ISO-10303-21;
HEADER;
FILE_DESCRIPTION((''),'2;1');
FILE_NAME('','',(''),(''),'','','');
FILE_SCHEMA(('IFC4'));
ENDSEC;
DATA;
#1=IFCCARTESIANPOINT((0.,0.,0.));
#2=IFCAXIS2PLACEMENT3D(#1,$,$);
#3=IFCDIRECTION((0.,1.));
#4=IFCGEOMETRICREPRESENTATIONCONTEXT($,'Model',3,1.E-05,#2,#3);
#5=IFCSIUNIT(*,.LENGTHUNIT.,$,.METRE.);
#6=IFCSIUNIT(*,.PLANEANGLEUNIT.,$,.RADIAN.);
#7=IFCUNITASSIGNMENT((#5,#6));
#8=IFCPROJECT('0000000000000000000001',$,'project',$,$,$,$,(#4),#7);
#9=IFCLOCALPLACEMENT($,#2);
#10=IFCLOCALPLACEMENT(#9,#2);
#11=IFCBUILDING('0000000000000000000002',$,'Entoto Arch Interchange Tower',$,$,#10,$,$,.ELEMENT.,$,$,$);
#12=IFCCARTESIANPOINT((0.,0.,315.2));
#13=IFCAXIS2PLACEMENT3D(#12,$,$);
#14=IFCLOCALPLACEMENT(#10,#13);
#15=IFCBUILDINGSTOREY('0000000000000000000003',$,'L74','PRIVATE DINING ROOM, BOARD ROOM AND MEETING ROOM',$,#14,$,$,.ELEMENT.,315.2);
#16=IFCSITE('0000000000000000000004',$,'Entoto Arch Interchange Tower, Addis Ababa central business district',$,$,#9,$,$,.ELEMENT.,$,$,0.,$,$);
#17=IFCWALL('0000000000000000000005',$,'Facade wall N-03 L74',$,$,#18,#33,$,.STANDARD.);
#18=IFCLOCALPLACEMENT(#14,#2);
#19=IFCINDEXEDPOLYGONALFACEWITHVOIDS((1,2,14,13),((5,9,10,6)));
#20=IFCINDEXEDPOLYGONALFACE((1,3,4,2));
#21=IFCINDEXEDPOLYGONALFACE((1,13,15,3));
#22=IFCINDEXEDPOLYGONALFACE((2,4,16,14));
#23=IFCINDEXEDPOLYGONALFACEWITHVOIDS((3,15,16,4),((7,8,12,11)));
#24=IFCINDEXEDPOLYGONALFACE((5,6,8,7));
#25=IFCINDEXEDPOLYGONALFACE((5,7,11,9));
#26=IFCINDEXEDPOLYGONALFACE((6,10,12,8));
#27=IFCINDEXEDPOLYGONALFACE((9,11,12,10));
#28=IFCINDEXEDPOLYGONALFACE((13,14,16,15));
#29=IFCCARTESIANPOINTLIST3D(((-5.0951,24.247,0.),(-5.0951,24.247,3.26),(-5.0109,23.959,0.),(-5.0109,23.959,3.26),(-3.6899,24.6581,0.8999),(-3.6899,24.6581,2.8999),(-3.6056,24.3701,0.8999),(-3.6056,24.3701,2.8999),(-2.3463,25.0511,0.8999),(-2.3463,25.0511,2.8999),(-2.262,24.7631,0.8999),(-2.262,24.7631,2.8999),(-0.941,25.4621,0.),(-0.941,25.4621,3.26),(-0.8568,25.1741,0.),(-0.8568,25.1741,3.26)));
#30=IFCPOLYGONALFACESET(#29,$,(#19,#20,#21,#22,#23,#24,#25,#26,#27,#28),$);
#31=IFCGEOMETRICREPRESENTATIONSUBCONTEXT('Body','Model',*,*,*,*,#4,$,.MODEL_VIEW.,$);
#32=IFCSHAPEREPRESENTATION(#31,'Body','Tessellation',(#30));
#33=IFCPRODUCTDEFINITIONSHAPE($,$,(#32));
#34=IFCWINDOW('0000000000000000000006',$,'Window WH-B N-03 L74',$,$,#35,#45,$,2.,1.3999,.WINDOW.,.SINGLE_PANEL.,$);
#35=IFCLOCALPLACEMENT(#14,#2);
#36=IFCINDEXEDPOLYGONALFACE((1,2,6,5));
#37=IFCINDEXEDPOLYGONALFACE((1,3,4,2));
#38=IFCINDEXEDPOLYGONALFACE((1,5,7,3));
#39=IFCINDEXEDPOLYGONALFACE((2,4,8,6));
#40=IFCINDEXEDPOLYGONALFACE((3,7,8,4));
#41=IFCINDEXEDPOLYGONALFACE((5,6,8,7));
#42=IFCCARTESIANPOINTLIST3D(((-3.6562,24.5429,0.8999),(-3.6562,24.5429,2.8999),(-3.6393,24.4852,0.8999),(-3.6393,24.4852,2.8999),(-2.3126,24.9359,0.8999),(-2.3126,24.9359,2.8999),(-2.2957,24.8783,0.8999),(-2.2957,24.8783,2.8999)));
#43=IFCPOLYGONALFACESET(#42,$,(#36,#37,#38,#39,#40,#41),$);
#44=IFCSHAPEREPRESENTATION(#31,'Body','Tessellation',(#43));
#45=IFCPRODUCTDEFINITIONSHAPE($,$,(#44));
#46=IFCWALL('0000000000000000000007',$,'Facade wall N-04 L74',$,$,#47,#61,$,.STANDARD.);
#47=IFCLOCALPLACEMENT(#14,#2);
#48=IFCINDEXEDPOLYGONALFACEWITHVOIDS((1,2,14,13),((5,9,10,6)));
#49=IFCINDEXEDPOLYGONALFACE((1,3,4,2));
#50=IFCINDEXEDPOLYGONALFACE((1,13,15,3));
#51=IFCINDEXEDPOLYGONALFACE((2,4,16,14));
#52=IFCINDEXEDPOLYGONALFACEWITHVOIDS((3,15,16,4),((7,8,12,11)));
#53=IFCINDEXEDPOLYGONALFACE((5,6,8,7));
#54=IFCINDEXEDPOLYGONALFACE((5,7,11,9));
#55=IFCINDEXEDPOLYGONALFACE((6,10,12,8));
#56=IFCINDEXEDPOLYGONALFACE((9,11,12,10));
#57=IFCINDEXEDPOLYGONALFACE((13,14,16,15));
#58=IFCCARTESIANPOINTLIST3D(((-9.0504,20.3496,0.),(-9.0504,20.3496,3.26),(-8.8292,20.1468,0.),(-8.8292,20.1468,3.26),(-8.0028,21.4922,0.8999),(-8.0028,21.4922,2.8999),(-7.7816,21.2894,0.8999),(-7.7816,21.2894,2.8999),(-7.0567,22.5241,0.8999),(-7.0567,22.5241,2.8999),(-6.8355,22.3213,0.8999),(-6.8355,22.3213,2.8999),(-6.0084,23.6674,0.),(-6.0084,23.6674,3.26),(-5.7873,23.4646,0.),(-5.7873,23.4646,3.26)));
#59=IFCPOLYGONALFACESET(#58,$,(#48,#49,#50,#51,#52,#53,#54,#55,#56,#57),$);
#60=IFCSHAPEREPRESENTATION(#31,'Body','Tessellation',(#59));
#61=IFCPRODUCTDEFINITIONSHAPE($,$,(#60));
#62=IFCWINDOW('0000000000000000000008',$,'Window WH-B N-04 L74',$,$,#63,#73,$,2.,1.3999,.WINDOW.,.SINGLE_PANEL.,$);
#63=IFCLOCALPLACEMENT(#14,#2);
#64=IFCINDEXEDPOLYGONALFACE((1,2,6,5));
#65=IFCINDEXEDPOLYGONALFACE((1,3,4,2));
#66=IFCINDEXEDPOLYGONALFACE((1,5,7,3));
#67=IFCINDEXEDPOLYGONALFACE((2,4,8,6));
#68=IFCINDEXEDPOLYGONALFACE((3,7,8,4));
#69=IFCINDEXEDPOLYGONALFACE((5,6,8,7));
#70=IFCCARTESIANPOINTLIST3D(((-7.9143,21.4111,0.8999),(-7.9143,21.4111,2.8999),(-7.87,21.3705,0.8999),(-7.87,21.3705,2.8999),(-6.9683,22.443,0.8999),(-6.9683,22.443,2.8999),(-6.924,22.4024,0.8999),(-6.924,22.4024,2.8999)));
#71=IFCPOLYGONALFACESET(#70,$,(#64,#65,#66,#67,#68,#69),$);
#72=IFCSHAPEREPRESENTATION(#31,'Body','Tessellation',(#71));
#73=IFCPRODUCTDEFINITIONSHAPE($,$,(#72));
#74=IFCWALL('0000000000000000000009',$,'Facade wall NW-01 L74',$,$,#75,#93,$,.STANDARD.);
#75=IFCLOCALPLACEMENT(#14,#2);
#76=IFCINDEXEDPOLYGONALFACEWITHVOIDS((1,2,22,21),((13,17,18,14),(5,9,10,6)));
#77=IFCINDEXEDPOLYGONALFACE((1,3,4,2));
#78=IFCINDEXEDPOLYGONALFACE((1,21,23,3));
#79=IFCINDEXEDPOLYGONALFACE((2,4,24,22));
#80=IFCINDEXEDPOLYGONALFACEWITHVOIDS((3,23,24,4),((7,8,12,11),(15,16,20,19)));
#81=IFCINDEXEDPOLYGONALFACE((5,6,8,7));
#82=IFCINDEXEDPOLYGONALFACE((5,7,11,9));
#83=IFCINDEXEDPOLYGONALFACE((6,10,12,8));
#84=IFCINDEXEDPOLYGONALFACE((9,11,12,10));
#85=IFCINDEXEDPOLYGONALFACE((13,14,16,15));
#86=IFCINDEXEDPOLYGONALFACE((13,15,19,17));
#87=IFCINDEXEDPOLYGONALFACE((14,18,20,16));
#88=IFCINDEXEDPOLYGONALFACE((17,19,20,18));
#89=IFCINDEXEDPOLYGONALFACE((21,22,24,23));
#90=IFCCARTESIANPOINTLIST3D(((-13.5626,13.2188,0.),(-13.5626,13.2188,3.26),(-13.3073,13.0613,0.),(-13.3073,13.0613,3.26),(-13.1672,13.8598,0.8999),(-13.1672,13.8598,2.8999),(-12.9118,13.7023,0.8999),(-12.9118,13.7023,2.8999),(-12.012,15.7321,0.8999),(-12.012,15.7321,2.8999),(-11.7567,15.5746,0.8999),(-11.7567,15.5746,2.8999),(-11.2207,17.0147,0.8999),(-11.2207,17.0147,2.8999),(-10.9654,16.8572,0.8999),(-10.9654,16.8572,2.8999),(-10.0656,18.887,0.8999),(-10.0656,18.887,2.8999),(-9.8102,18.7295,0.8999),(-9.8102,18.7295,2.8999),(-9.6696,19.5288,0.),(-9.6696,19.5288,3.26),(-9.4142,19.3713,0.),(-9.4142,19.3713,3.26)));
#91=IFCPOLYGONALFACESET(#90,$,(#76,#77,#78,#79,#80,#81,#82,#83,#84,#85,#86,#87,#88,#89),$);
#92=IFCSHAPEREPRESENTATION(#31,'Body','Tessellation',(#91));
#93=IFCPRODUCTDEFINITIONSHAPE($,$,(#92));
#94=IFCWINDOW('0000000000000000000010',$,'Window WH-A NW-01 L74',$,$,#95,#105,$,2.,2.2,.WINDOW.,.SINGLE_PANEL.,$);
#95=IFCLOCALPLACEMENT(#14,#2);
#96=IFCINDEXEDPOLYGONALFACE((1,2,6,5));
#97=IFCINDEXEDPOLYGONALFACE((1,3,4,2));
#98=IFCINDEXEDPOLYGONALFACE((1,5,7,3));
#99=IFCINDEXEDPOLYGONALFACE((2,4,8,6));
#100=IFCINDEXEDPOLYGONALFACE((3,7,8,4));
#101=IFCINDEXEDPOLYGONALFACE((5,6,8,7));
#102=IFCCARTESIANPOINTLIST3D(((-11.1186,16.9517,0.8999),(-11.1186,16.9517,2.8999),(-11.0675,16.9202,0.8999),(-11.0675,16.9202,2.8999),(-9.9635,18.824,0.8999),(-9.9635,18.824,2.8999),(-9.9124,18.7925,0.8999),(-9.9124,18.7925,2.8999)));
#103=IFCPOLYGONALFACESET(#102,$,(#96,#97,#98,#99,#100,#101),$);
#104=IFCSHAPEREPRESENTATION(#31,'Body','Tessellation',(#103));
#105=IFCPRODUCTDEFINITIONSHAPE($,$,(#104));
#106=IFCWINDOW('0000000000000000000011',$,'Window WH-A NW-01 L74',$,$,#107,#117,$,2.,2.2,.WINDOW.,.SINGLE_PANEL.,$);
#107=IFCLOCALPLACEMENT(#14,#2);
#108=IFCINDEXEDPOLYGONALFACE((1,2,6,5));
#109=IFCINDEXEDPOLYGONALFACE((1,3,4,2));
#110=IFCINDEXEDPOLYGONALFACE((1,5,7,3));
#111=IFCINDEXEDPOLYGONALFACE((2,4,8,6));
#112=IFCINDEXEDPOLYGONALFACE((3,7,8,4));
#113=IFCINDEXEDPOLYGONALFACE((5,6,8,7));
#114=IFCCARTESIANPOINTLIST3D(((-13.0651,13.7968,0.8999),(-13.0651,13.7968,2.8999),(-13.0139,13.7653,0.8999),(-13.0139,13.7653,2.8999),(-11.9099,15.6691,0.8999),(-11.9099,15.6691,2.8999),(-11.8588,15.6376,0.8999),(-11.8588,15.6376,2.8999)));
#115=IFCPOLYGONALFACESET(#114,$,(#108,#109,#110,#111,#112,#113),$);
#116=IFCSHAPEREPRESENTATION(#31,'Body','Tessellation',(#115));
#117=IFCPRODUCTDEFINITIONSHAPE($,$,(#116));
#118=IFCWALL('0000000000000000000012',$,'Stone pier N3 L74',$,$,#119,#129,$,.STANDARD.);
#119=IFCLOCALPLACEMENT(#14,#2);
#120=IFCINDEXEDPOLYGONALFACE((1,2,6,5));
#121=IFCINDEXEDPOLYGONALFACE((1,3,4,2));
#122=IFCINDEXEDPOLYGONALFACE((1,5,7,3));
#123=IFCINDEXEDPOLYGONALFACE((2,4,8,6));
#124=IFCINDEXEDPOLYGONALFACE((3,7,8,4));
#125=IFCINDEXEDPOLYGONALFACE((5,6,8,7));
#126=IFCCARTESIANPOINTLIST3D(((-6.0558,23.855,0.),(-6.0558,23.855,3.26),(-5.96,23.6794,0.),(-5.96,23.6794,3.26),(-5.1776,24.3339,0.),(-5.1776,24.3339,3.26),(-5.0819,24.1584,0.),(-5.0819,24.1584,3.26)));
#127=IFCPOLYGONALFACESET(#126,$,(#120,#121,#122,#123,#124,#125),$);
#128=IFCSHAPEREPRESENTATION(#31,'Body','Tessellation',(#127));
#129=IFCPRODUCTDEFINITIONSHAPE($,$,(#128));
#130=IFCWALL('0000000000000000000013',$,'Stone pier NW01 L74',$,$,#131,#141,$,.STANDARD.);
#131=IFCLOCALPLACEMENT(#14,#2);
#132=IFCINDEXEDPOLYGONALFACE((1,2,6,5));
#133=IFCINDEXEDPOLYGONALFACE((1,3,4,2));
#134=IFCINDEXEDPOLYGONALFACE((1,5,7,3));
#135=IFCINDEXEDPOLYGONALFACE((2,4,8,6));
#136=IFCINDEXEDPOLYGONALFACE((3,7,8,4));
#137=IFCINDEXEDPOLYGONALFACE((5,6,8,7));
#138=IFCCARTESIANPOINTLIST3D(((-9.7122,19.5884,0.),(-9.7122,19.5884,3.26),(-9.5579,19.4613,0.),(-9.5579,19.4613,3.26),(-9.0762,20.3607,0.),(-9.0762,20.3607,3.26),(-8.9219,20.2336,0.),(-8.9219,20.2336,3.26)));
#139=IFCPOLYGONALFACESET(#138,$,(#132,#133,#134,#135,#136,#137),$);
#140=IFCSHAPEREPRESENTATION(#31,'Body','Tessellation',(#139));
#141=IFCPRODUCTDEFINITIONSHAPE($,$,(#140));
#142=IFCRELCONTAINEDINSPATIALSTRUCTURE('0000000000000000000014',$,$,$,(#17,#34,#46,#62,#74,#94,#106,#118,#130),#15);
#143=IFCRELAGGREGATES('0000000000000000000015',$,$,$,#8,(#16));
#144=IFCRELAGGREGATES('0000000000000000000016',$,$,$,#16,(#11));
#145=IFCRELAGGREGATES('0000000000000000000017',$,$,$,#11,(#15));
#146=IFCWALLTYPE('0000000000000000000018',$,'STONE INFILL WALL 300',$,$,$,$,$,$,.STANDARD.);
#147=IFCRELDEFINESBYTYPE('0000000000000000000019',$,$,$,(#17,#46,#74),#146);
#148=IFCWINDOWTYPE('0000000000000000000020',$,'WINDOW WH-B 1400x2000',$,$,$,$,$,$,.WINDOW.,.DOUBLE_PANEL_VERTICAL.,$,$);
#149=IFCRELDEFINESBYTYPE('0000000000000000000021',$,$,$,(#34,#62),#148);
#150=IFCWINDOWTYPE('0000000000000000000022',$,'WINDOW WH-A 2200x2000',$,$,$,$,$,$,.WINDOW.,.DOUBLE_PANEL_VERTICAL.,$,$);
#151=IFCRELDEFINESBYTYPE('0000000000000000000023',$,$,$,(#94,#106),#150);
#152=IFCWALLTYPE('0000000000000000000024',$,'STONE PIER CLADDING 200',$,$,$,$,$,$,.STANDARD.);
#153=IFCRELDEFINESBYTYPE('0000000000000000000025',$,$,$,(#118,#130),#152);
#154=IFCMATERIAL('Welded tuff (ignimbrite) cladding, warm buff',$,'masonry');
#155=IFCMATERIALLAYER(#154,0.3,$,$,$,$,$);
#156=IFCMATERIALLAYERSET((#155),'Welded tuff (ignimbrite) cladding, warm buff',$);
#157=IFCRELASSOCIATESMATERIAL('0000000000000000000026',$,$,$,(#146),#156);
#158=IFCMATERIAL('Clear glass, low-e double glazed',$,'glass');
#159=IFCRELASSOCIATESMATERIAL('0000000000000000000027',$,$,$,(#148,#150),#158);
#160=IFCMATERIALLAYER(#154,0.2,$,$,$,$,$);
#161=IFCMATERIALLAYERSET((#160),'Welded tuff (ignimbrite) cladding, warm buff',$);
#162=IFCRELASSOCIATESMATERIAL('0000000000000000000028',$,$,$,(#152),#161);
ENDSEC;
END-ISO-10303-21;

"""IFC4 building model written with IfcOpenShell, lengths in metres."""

from ifc_helpers import new_model, si_unit, direction, frame, frame_2d, origin, place, context, subcontext, project, spatial, rectangle, extrude, material, layer, layer_set, type_object, element, fill, save


model = new_model("IFC4")

# Units and contexts
model_context = context("Model", 3, precision=1e-05, world=origin(), true_north=direction((0.0, 1.0)))
body_context = subcontext(model_context, "Body", "Model", "MODEL_VIEW")
ifc_project = project(units=[si_unit("LENGTHUNIT", "METRE"), si_unit("PLANEANGLEUNIT", "RADIAN")], contexts=[model_context])

# Site, building, storey
site_placement = place(None, origin())
site = spatial("IfcSite", under=ifc_project, at=site_placement, Name="Entoto Arch Interchange Tower, Addis Ababa central business district", CompositionType="ELEMENT", RefElevation=0.0)
building_placement = place(site_placement, origin())
building = spatial("IfcBuilding", under=site, at=building_placement, Name="Entoto Arch Interchange Tower", CompositionType="ELEMENT")
storey_placement = place(building_placement, frame((0.0, 0.0, 315.2)))
storey = spatial("IfcBuildingStorey", under=building, at=storey_placement, Name="L74", Description="PRIVATE DINING ROOM, BOARD ROOM AND MEETING ROOM", CompositionType="ELEMENT", Elevation=315.2)

# Walls, openings, windows
ifc_material_1 = material(Name="Welded tuff (ignimbrite) cladding, warm buff", Category="masonry")
ifc_layer_1 = layer(ifc_material_1, 0.3)
ifc_layer_set_1 = layer_set([ifc_layer_1], Name="Welded tuff (ignimbrite) cladding, warm buff")
wall_type_1 = type_object("IfcWallType", Name="STONE INFILL WALL 300", PredefinedType="STANDARD", material=ifc_layer_set_1)
wall_1_placement = place(storey_placement, frame((-0.8989, 25.3181, 0.0), z_axis=(0.0, 0.0, 1.0), x_axis=(-0.959783, -0.280743, 0.0)))
wall_1 = element("IfcWall", 1, at=wall_1_placement, inside=storey, type_object=wall_type_1, Name="Facade wall N-03 L74", PredefinedType="STANDARD", context=body_context, shape_type="SweptSolid", body=[
    extrude(rectangle(XDim=4.3281, YDim=0.3, at=frame_2d((2.1641, 0.0))), origin(), (0.0, 0.0, 1.0), 3.26),
])
opening_1_placement = place(wall_1_placement, frame((1.4641, 0.0, 0.8999)))
opening_1 = element("IfcOpeningElement", 2, at=opening_1_placement, cuts=wall_1, PredefinedType="OPENING", context=body_context, shape_type="SweptSolid", body=[
    extrude(rectangle(XDim=1.3999, YDim=2.0, at=frame_2d((0.7, 1.0))), frame((0.0, 0.1602, 0.0), z_axis=(0.0, -1.0, 0.0), x_axis=(1.0, 0.0, 0.0)), (0.0, 0.0, 1.0), 0.3201),
])
ifc_material_2 = material(Name="Clear glass, low-e double glazed", Category="glass")
window_type_1 = type_object("IfcWindowType", Name="WINDOW WH-B 1400x2000", PartitioningType="DOUBLE_PANEL_VERTICAL", PredefinedType="WINDOW", material=ifc_material_2)
window_1_placement = place(opening_1_placement, origin())
window_1 = element("IfcWindow", 3, at=window_1_placement, inside=storey, type_object=window_type_1, Name="Window WH-B N-03 L74", OverallHeight=2.0, OverallWidth=1.3999, PartitioningType="SINGLE_PANEL", PredefinedType="WINDOW", context=body_context, shape_type="SweptSolid", body=[
    extrude(rectangle(XDim=1.3999, YDim=2.0, at=frame_2d((0.7, 1.0))), frame((0.0, 0.03, 0.0), z_axis=(0.0, -1.0, 0.0), x_axis=(1.0, 0.0, 0.0)), (0.0, 0.0, 1.0), 0.0601),
])
fill(opening_1, window_1)
wall_2_placement = place(storey_placement, frame((-5.8979, 23.5659, 0.0), z_axis=(0.0, 0.0, 1.0), x_axis=(-0.675798, -0.737087, 0.0)))
wall_2 = element("IfcWall", 4, at=wall_2_placement, inside=storey, type_object=wall_type_1, Name="Facade wall N-04 L74", PredefinedType="STANDARD", context=body_context, shape_type="SweptSolid", body=[
    extrude(rectangle(XDim=4.5012, YDim=0.3, at=frame_2d((2.2505, 0.0))), origin(), (0.0, 0.0, 1.0), 3.26),
])
opening_2_placement = place(wall_2_placement, frame((1.551, 0.0, 0.8999)))
opening_2 = element("IfcOpeningElement", 5, at=opening_2_placement, cuts=wall_2, PredefinedType="OPENING", context=body_context, shape_type="SweptSolid", body=[
    extrude(rectangle(XDim=1.3999, YDim=2.0, at=frame_2d((0.7, 1.0))), frame((0.0, 0.1602, 0.0), z_axis=(0.0, -1.0, 0.0), x_axis=(1.0, 0.0, 0.0)), (0.0, 0.0, 1.0), 0.3201),
])
window_2_placement = place(opening_2_placement, origin())
window_2 = element("IfcWindow", 6, at=window_2_placement, inside=storey, type_object=window_type_1, Name="Window WH-B N-04 L74", OverallHeight=2.0, OverallWidth=1.3999, PartitioningType="SINGLE_PANEL", PredefinedType="WINDOW", context=body_context, shape_type="SweptSolid", body=[
    extrude(rectangle(XDim=1.3999, YDim=2.0, at=frame_2d((0.7, 1.0))), frame((0.0, 0.03, 0.0), z_axis=(0.0, -1.0, 0.0), x_axis=(1.0, 0.0, 0.0)), (0.0, 0.0, 1.0), 0.0601),
])
fill(opening_2, window_2)

# Wall, openings, windows
wall_3_placement = place(storey_placement, frame((-9.542, 19.45, 0.0), z_axis=(0.0, 0.0, 1.0), x_axis=(-0.525071, -0.851059, 0.0)))
wall_3 = element("IfcWall", 7, at=wall_3_placement, inside=storey, type_object=wall_type_1, Name="Facade wall NW-01 L74", PredefinedType="STANDARD", context=body_context, shape_type="SweptSolid", body=[
    extrude(rectangle(XDim=7.4143, YDim=0.3, at=frame_2d((3.707, 0.0))), origin(), (0.0, 0.0, 1.0), 3.26),
])
opening_3_placement = place(wall_3_placement, frame((0.7539, 0.0, 0.8999)))
opening_3 = element("IfcOpeningElement", 8, at=opening_3_placement, cuts=wall_3, PredefinedType="OPENING", context=body_context, shape_type="SweptSolid", body=[
    extrude(rectangle(XDim=2.2, YDim=2.0, at=frame_2d((1.1001, 1.0))), frame((0.0, 0.1602, 0.0), z_axis=(0.0, -1.0, 0.0), x_axis=(1.0, 0.0, 0.0)), (0.0, 0.0, 1.0), 0.3201),
])
opening_4_placement = place(wall_3_placement, frame((4.4609, 0.0, 0.8999)))
opening_4 = element("IfcOpeningElement", 9, at=opening_4_placement, cuts=wall_3, PredefinedType="OPENING", context=body_context, shape_type="SweptSolid", body=[
    extrude(rectangle(XDim=2.2, YDim=2.0, at=frame_2d((1.1001, 1.0))), frame((0.0, 0.1602, 0.0), z_axis=(0.0, -1.0, 0.0), x_axis=(1.0, 0.0, 0.0)), (0.0, 0.0, 1.0), 0.3201),
])
window_type_2 = type_object("IfcWindowType", Name="WINDOW WH-A 2200x2000", PartitioningType="DOUBLE_PANEL_VERTICAL", PredefinedType="WINDOW", material=ifc_material_2)
window_3_placement = place(opening_3_placement, origin())
window_3 = element("IfcWindow", 10, at=window_3_placement, inside=storey, type_object=window_type_2, Name="Window WH-A NW-01 L74", OverallHeight=2.0, OverallWidth=2.2, PartitioningType="SINGLE_PANEL", PredefinedType="WINDOW", context=body_context, shape_type="SweptSolid", body=[
    extrude(rectangle(XDim=2.2, YDim=2.0, at=frame_2d((1.1001, 1.0))), frame((0.0, 0.03, 0.0), z_axis=(0.0, -1.0, 0.0), x_axis=(1.0, 0.0, 0.0)), (0.0, 0.0, 1.0), 0.0601),
])
fill(opening_3, window_3)
window_4_placement = place(opening_4_placement, origin())
window_4 = element("IfcWindow", 11, at=window_4_placement, inside=storey, type_object=window_type_2, Name="Window WH-A NW-01 L74", OverallHeight=2.0, OverallWidth=2.2, PartitioningType="SINGLE_PANEL", PredefinedType="WINDOW", context=body_context, shape_type="SweptSolid", body=[
    extrude(rectangle(XDim=2.2, YDim=2.0, at=frame_2d((1.1001, 1.0))), frame((0.0, 0.03, 0.0), z_axis=(0.0, -1.0, 0.0), x_axis=(1.0, 0.0, 0.0)), (0.0, 0.0, 1.0), 0.0601),
])
fill(opening_4, window_4)

# Walls
ifc_layer_2 = layer(ifc_material_1, 0.2)
ifc_layer_set_2 = layer_set([ifc_layer_2], Name="Welded tuff (ignimbrite) cladding, warm buff")
wall_type_2 = type_object("IfcWallType", Name="STONE PIER CLADDING 200", PredefinedType="STANDARD", material=ifc_layer_set_2)
wall_4_placement = place(storey_placement, frame((-5.1299, 24.2461, 0.0), z_axis=(0.0, 0.0, 1.0), x_axis=(-0.877896, -0.478852, 0.0)))
element("IfcWall", 12, at=wall_4_placement, inside=storey, type_object=wall_type_2, Name="Stone pier N3 L74", PredefinedType="STANDARD", context=body_context, shape_type="SweptSolid", body=[
    extrude(rectangle(XDim=1.0002, YDim=0.2, at=frame_2d((0.5, 0.0))), origin(), (0.0, 0.0, 1.0), 3.26),
])
wall_5_placement = place(storey_placement, frame((-8.999, 20.2971, 0.0), z_axis=(0.0, 0.0, 1.0), x_axis=(-0.635733, -0.771909, 0.0)))
element("IfcWall", 13, at=wall_5_placement, inside=storey, type_object=wall_type_2, Name="Stone pier NW01 L74", PredefinedType="STANDARD", context=body_context, shape_type="SweptSolid", body=[
    extrude(rectangle(XDim=1.0005, YDim=0.2, at=frame_2d((0.5002, 0.0))), origin(), (0.0, 0.0, 1.0), 3.26),
])

save(model, "model.ifc")
